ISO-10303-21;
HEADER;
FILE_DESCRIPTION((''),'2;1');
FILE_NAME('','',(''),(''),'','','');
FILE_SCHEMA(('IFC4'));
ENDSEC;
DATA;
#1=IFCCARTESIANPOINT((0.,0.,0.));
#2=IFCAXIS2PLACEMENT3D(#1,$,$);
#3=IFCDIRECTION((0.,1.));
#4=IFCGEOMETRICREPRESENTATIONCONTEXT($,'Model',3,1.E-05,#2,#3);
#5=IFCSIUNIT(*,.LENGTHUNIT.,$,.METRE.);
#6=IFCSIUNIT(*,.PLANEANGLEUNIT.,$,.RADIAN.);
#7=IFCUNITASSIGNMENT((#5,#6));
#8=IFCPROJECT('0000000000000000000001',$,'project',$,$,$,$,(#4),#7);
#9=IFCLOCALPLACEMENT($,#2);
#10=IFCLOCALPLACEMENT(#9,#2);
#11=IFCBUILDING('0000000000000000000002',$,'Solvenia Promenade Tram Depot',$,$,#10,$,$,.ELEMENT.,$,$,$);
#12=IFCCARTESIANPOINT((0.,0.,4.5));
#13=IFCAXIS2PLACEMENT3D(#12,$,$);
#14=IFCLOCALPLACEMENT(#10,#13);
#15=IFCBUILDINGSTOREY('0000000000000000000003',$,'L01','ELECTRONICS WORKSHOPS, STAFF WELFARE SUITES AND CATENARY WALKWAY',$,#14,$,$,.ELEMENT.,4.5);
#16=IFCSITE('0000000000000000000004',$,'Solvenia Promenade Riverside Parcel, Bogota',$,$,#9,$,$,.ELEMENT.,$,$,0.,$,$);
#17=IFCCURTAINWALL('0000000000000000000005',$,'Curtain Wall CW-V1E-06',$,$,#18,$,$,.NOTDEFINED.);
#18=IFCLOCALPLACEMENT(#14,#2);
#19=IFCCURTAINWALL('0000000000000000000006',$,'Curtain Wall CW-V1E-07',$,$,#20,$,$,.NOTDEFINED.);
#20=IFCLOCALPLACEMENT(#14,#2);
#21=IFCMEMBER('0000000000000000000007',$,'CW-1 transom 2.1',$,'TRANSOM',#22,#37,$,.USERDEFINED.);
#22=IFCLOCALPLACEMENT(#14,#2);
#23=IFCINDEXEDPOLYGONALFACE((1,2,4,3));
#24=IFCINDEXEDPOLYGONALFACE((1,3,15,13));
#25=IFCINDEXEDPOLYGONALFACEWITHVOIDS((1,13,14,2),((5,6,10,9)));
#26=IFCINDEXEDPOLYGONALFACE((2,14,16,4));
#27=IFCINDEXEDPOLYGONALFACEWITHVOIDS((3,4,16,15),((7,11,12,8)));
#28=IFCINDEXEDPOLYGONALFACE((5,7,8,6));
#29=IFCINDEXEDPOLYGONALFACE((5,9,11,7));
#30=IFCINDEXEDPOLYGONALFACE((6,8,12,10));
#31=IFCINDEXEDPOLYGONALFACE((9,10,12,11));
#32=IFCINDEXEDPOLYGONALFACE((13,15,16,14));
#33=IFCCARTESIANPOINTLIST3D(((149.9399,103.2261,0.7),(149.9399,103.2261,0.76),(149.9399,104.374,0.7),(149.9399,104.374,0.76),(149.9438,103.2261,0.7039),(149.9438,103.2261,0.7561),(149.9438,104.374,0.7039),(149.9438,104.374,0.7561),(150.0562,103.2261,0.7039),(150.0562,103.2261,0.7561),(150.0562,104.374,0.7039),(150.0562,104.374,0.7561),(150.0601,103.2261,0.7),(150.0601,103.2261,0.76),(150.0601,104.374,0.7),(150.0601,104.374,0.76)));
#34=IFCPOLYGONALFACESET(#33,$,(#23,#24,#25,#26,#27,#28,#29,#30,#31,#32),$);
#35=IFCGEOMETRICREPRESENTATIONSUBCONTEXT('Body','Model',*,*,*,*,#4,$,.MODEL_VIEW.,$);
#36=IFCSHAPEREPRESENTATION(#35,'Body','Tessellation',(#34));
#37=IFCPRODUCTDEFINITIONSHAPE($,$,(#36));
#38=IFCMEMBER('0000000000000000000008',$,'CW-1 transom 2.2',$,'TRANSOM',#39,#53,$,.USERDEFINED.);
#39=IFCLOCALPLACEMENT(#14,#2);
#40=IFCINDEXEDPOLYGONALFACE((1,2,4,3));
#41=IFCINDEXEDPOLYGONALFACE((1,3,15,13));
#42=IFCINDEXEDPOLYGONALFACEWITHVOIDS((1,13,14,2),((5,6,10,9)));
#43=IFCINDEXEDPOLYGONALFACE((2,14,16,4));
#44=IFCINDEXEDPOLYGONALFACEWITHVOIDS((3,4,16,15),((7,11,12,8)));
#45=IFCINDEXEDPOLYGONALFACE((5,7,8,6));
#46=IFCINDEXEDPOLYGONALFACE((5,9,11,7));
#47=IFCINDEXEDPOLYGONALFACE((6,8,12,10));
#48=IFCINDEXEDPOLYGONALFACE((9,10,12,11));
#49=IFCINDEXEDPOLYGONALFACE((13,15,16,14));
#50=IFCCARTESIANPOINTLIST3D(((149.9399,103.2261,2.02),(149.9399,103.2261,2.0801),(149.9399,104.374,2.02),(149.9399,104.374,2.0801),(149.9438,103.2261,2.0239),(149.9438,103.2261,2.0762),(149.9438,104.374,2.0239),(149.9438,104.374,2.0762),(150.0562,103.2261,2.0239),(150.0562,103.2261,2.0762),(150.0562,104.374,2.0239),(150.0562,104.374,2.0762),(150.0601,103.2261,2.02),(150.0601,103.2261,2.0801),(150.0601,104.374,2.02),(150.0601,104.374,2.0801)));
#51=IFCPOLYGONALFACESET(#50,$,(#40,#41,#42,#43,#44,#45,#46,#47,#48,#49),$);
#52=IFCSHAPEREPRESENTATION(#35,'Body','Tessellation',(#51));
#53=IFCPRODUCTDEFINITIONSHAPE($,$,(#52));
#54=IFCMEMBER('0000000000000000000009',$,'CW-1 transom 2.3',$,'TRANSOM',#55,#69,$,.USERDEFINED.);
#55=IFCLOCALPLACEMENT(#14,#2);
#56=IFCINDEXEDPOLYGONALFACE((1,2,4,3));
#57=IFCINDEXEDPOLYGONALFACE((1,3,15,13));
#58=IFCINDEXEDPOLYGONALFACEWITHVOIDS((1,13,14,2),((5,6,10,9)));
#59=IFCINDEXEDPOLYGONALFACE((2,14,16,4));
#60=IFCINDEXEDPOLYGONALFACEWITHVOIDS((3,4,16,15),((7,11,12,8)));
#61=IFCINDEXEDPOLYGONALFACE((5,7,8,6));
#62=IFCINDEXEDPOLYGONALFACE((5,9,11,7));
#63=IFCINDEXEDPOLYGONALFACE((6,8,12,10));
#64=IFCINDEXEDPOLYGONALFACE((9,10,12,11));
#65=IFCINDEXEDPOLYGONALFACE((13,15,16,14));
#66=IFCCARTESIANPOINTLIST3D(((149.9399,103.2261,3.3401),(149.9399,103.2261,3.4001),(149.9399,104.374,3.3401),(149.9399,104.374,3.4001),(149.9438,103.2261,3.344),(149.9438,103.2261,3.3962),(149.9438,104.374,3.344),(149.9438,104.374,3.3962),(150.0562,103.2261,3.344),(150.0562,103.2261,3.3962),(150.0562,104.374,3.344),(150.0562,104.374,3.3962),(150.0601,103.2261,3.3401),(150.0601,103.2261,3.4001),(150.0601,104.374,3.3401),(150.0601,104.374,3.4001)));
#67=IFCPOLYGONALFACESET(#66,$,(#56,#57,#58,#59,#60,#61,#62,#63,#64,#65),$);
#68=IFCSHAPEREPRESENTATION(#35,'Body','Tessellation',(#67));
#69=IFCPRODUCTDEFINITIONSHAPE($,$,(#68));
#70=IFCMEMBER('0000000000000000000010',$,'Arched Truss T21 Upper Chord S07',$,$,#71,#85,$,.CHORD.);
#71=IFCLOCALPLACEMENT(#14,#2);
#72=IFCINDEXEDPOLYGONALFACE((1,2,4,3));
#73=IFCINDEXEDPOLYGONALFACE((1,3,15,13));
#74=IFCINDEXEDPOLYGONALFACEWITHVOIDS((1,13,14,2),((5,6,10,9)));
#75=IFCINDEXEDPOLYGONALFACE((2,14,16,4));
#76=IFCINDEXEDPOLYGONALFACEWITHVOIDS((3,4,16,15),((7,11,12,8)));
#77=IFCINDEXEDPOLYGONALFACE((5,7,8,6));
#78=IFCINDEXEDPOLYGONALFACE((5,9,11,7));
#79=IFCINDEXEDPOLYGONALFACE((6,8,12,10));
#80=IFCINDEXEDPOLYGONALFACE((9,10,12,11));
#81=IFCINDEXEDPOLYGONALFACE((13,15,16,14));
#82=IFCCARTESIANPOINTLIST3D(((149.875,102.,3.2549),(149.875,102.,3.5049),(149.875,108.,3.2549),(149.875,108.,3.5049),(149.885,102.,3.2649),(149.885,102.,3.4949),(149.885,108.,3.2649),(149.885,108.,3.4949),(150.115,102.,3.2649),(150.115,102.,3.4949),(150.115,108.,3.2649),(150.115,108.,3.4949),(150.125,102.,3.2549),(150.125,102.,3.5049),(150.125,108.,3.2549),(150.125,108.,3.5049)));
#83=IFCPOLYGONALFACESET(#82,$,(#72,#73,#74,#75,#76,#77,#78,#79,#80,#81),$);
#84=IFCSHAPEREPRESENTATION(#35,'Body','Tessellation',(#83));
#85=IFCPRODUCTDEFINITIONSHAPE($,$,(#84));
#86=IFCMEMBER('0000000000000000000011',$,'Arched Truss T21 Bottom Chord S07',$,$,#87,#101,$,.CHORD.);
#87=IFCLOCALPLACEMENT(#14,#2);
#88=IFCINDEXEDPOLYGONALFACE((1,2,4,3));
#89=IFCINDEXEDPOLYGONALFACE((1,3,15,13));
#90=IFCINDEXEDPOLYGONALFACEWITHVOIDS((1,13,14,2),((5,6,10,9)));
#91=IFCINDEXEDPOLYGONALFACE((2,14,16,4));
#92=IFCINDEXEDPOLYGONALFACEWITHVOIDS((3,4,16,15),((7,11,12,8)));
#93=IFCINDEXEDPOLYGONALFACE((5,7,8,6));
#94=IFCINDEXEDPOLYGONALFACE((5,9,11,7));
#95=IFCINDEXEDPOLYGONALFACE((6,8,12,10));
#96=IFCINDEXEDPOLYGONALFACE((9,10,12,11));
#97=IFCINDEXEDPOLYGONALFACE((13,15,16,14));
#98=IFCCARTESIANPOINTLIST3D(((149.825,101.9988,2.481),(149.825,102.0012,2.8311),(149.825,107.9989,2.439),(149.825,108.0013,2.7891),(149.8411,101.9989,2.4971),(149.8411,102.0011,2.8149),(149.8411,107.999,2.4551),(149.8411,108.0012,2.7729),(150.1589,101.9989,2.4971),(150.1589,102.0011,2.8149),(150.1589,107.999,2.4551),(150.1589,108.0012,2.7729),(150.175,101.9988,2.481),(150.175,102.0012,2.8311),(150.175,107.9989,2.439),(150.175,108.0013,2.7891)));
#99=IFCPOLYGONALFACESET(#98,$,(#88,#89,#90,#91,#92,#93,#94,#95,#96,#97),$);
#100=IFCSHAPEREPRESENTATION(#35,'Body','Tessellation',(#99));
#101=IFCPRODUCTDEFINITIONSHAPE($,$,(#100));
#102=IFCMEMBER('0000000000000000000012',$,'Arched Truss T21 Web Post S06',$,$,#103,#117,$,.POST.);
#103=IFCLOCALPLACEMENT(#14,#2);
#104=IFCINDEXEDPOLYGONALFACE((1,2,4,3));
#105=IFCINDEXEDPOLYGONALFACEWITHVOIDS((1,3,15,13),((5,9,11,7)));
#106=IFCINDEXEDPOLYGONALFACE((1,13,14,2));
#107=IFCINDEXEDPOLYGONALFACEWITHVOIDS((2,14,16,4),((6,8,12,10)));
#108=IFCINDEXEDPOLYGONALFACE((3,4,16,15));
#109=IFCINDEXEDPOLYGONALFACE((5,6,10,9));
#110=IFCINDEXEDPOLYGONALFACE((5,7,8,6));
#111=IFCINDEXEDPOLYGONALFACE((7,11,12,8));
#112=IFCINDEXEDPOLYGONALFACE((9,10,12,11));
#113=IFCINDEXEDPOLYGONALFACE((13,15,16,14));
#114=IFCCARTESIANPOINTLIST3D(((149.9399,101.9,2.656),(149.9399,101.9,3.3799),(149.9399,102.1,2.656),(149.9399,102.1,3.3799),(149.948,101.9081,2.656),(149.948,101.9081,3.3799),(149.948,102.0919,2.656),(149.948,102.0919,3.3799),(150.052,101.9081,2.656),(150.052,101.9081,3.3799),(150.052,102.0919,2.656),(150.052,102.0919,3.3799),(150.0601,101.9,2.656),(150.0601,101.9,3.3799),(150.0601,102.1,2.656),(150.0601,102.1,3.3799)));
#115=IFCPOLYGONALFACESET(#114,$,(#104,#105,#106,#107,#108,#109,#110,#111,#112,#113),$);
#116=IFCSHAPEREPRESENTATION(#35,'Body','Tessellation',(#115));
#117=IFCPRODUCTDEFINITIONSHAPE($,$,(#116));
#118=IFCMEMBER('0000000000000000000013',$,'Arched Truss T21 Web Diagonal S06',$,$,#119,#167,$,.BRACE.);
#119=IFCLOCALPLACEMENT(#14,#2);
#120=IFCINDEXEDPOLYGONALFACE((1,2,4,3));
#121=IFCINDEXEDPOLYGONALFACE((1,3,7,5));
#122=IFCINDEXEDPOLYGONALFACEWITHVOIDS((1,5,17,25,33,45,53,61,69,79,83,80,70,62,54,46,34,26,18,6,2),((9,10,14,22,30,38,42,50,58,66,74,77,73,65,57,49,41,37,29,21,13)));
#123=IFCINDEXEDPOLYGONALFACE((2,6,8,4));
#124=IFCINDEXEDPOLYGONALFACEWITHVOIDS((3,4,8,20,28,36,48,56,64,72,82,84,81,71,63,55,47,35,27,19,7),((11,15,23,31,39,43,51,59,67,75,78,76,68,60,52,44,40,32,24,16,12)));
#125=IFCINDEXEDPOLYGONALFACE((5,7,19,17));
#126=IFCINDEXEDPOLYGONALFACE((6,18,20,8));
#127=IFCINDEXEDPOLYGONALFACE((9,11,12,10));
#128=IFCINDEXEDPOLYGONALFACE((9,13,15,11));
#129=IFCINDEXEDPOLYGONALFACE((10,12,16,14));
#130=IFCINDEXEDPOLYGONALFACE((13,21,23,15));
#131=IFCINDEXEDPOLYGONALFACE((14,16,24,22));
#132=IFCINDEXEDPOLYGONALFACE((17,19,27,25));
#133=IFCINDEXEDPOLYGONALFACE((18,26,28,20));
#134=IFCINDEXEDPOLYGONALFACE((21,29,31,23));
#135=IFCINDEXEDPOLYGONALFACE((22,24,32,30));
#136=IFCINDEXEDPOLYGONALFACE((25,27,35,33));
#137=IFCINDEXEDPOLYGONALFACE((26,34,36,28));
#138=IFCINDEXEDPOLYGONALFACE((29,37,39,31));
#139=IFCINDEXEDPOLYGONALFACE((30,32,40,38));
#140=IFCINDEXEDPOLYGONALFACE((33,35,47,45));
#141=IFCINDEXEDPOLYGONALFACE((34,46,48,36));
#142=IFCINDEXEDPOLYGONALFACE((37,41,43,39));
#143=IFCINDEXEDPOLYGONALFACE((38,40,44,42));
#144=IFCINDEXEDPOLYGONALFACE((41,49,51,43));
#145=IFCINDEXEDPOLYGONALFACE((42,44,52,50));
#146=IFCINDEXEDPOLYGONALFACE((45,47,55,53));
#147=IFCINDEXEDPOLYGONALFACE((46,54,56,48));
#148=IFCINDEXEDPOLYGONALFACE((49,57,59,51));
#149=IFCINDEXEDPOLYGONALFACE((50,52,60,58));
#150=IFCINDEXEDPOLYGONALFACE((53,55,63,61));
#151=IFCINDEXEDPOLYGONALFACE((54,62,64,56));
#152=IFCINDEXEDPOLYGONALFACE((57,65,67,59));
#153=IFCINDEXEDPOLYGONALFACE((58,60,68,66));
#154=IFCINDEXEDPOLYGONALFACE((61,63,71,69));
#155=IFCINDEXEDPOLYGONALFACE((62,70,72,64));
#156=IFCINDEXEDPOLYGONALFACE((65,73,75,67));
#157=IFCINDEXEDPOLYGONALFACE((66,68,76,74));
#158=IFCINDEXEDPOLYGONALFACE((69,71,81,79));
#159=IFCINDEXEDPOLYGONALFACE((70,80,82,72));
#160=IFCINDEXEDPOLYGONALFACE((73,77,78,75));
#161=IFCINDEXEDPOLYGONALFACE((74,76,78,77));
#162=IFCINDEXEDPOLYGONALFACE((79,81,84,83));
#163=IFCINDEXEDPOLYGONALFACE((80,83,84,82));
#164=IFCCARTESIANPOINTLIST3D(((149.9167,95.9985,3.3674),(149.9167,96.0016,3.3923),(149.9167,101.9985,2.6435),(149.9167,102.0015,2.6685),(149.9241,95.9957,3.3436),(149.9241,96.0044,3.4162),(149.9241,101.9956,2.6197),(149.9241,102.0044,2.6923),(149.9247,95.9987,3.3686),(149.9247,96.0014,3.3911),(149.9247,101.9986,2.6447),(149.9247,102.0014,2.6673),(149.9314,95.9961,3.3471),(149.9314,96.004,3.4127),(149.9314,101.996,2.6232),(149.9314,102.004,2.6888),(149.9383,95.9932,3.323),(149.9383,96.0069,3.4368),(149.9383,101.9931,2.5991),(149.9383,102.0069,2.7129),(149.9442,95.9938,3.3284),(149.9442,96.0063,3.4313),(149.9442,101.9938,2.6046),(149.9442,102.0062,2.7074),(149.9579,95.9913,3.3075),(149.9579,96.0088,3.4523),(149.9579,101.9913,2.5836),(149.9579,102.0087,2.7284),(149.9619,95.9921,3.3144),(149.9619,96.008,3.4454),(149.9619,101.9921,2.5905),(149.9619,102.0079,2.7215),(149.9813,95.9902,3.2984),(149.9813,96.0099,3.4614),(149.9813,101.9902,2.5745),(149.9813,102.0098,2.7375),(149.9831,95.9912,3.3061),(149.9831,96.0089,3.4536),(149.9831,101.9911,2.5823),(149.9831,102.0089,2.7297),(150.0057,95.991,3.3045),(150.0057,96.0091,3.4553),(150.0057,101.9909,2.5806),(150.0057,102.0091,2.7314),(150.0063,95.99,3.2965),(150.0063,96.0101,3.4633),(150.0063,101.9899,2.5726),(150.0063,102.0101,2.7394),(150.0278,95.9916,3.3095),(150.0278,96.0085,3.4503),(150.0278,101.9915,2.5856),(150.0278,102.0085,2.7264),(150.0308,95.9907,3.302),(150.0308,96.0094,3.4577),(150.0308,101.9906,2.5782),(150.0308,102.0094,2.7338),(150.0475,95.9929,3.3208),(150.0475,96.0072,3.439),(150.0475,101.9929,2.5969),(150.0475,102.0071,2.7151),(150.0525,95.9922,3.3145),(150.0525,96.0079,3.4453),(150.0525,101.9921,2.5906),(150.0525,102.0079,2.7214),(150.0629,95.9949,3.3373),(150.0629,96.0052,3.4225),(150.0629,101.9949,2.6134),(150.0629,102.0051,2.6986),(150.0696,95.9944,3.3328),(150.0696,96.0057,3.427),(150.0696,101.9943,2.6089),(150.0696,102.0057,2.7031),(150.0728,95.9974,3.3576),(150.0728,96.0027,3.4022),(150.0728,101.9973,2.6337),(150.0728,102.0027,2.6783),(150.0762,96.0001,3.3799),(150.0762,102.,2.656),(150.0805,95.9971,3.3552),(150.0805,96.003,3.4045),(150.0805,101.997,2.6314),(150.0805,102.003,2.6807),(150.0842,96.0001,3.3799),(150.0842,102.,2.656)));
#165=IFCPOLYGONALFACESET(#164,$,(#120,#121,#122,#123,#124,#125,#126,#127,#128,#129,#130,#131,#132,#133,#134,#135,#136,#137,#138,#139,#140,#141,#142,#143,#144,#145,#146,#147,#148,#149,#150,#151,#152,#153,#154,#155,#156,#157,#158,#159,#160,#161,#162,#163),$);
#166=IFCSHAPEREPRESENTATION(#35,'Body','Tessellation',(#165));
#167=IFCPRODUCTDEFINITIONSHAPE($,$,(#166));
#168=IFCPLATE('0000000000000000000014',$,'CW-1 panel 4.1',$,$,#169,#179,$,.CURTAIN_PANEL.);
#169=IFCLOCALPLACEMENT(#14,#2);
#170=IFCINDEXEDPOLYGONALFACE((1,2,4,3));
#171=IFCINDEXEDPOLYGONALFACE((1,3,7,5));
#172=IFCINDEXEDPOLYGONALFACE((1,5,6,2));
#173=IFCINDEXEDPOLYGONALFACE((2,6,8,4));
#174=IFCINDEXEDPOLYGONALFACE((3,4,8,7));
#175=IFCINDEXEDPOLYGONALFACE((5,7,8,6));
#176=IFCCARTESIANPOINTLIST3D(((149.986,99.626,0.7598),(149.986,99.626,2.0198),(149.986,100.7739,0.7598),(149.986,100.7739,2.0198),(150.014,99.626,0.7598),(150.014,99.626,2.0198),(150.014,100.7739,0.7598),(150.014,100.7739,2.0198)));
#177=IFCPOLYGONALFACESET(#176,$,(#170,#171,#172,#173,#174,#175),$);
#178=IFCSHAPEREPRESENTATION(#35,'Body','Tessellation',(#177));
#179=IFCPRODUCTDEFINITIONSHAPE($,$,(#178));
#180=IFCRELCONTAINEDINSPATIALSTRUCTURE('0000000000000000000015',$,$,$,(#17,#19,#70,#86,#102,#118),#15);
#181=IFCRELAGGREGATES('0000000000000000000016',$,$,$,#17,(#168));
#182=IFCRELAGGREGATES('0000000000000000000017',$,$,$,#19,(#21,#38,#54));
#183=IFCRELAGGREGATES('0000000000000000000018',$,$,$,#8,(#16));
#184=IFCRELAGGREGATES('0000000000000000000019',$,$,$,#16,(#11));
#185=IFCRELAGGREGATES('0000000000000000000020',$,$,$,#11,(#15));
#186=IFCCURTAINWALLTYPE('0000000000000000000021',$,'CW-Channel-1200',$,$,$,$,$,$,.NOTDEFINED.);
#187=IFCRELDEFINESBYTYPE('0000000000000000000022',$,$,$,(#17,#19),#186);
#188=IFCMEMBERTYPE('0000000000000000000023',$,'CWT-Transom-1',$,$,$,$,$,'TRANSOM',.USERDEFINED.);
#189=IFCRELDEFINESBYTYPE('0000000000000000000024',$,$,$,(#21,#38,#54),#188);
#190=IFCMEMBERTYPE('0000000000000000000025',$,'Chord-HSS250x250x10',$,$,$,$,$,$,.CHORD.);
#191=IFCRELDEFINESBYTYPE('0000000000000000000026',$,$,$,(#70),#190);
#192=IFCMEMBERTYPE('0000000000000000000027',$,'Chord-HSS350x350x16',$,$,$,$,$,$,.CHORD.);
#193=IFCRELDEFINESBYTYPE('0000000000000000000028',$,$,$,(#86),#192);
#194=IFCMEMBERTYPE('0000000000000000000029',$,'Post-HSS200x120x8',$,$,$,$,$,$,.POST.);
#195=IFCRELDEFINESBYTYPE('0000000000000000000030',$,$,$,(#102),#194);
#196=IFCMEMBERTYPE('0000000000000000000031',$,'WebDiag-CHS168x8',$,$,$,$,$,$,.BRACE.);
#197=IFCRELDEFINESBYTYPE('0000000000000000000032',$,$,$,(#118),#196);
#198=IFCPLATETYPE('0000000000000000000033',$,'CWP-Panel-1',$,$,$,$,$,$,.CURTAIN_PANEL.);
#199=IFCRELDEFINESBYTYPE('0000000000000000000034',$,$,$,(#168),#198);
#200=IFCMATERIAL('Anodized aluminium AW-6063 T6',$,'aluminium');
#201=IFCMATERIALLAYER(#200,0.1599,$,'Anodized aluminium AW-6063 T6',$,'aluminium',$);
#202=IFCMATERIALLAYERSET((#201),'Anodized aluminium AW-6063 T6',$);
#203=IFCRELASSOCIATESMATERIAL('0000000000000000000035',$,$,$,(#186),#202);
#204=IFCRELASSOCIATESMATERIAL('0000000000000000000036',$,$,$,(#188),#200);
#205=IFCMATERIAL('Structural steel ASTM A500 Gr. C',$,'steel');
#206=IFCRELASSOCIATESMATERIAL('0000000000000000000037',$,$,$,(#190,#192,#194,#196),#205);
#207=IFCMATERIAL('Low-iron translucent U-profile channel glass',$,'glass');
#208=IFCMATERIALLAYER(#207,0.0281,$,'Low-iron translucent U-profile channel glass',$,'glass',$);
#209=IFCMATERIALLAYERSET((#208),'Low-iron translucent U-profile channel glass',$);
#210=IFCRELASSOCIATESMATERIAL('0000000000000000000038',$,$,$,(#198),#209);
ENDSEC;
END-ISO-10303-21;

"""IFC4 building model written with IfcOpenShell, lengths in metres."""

from ifc_helpers import new_model, si_unit, direction, frame, origin, origin_2d, place, context, subcontext, project, spatial, rectangle, hollow_rectangle, hollow_circle, extrude, material, layer, layer_set, material_profile, profile_set, type_object, element, aggregate, save


model = new_model("IFC4")

# Units and contexts
model_context = context("Model", 3, precision=1e-05, world=origin(), true_north=direction((0.0, 1.0)))
body_context = subcontext(model_context, "Body", "Model", "MODEL_VIEW")
ifc_project = project(units=[si_unit("LENGTHUNIT", "METRE"), si_unit("PLANEANGLEUNIT", "RADIAN")], contexts=[model_context])

# Site, building, storey
site_placement = place(None, origin())
site = spatial("IfcSite", under=ifc_project, at=site_placement, Name="Solvenia Promenade Riverside Parcel, Bogota", CompositionType="ELEMENT", RefElevation=0.0)
building_placement = place(site_placement, origin())
building = spatial("IfcBuilding", under=site, at=building_placement, Name="Solvenia Promenade Tram Depot", CompositionType="ELEMENT")
storey_placement = place(building_placement, frame((0.0, 0.0, 4.5)))
storey = spatial("IfcBuildingStorey", under=building, at=storey_placement, Name="L01", Description="ELECTRONICS WORKSHOPS, STAFF WELFARE SUITES AND CATENARY WALKWAY", CompositionType="ELEMENT", Elevation=4.5)

# Curtain walls
ifc_material_1 = material(Name="Anodized aluminium AW-6063 T6", Category="aluminium")
ifc_layer_1 = layer(ifc_material_1, 0.1599, Name="Anodized aluminium AW-6063 T6", Category="aluminium")
ifc_layer_set_1 = layer_set([ifc_layer_1], Name="Anodized aluminium AW-6063 T6")
curtain_wall_type = type_object("IfcCurtainWallType", Name="CW-Channel-1200", PredefinedType="NOTDEFINED", material=ifc_layer_set_1)
curtain_wall_1_placement = place(storey_placement, origin())
curtain_wall_1 = element("IfcCurtainWall", 1, at=curtain_wall_1_placement, inside=storey, type_object=curtain_wall_type, Name="Curtain Wall CW-V1E-06", PredefinedType="NOTDEFINED")
curtain_wall_2_placement = place(storey_placement, origin())
curtain_wall_2 = element("IfcCurtainWall", 2, at=curtain_wall_2_placement, inside=storey, type_object=curtain_wall_type, Name="Curtain Wall CW-V1E-07", PredefinedType="NOTDEFINED")

# Members
ifc_material_profile_1 = material_profile(ifc_material_1, hollow_rectangle(XDim=0.1201, YDim=0.0601, WallThickness=0.0039, at=origin_2d()), Name="ALU-T1", Category="aluminium")
ifc_profile_set_1 = profile_set([ifc_material_profile_1], Name="Anodized aluminium AW-6063 T6")
member_type_1 = type_object("IfcMemberType", Name="CWT-Transom-1", ElementType="TRANSOM", PredefinedType="USERDEFINED", material=ifc_profile_set_1)
member_1_placement = place(storey_placement, frame((150.0, 103.2261, 0.73), z_axis=(0.0, 1.0, 0.0), x_axis=(-1.0, 0.0, 0.0)))
member_1 = element("IfcMember", 3, at=member_1_placement, type_object=member_type_1, Name="CW-1 transom 2.1", ObjectType="TRANSOM", PredefinedType="USERDEFINED", context=body_context, shape_type="SweptSolid", body=[
    extrude(hollow_rectangle(XDim=0.1201, YDim=0.0601, WallThickness=0.0039, at=origin_2d()), origin(), (0.0, 0.0, 1.0), 1.1479),
])
member_2_placement = place(storey_placement, frame((150.0, 103.2261, 2.05), z_axis=(0.0, 1.0, 0.0), x_axis=(-1.0, 0.0, 0.0)))
member_2 = element("IfcMember", 4, at=member_2_placement, type_object=member_type_1, Name="CW-1 transom 2.2", ObjectType="TRANSOM", PredefinedType="USERDEFINED", context=body_context, shape_type="SweptSolid", body=[
    extrude(hollow_rectangle(XDim=0.1201, YDim=0.0601, WallThickness=0.0039, at=origin_2d()), origin(), (0.0, 0.0, 1.0), 1.1479),
])
member_3_placement = place(storey_placement, frame((150.0, 103.2261, 3.3701), z_axis=(0.0, 1.0, 0.0), x_axis=(-1.0, 0.0, 0.0)))
member_3 = element("IfcMember", 5, at=member_3_placement, type_object=member_type_1, Name="CW-1 transom 2.3", ObjectType="TRANSOM", PredefinedType="USERDEFINED", context=body_context, shape_type="SweptSolid", body=[
    extrude(hollow_rectangle(XDim=0.1201, YDim=0.0601, WallThickness=0.0039, at=origin_2d()), origin(), (0.0, 0.0, 1.0), 1.1479),
])

# Members
ifc_material_2 = material(Name="Structural steel ASTM A500 Gr. C", Category="steel")
ifc_material_profile_2 = material_profile(ifc_material_2, hollow_rectangle(XDim=0.25, YDim=0.25, WallThickness=0.01, at=origin_2d()), Name="HSS250x250x10", Category="steel")
ifc_profile_set_2 = profile_set([ifc_material_profile_2], Name="Structural steel ASTM A500 Gr. C")
member_type_2 = type_object("IfcMemberType", Name="Chord-HSS250x250x10", PredefinedType="CHORD", material=ifc_profile_set_2)
member_4_placement = place(storey_placement, frame((150.0, 102.0, 3.3799), z_axis=(0.0, 1.0, 0.0), x_axis=(-1.0, 0.0, 0.0)))
element("IfcMember", 6, at=member_4_placement, inside=storey, type_object=member_type_2, Name="Arched Truss T21 Upper Chord S07", PredefinedType="CHORD", context=body_context, shape_type="SweptSolid", body=[
    extrude(hollow_rectangle(XDim=0.25, YDim=0.25, WallThickness=0.01, at=origin_2d()), origin(), (0.0, 0.0, 1.0), 6.0),
])
ifc_material_profile_3 = material_profile(ifc_material_2, hollow_rectangle(XDim=0.3501, YDim=0.3501, WallThickness=0.0161, at=origin_2d()), Name="HSS350x350x16", Category="steel")
ifc_profile_set_3 = profile_set([ifc_material_profile_3], Name="Structural steel ASTM A500 Gr. C")
member_type_3 = type_object("IfcMemberType", Name="Chord-HSS350x350x16", PredefinedType="CHORD", material=ifc_profile_set_3)
member_5_placement = place(storey_placement, frame((150.0, 102.0, 2.656), z_axis=(0.0, 0.999976, -0.006999), x_axis=(-1.0, 0.0, 0.0)))
element("IfcMember", 7, at=member_5_placement, inside=storey, type_object=member_type_3, Name="Arched Truss T21 Bottom Chord S07", PredefinedType="CHORD", context=body_context, shape_type="SweptSolid", body=[
    extrude(hollow_rectangle(XDim=0.3501, YDim=0.3501, WallThickness=0.0161, at=origin_2d()), origin(), (0.0, 0.0, 1.0), 6.0002),
])
ifc_material_profile_4 = material_profile(ifc_material_2, hollow_rectangle(XDim=0.1201, YDim=0.2, WallThickness=0.0081, at=origin_2d()), Name="HSS200x120x8", Category="steel")
ifc_profile_set_4 = profile_set([ifc_material_profile_4], Name="Structural steel ASTM A500 Gr. C")
member_type_4 = type_object("IfcMemberType", Name="Post-HSS200x120x8", PredefinedType="POST", material=ifc_profile_set_4)
member_6_placement = place(storey_placement, frame((150.0, 102.0, 2.656), z_axis=(0.0, 0.0, 1.0), x_axis=(1.0, 0.0, 0.0)))
element("IfcMember", 8, at=member_6_placement, inside=storey, type_object=member_type_4, Name="Arched Truss T21 Web Post S06", PredefinedType="POST", context=body_context, shape_type="SweptSolid", body=[
    extrude(hollow_rectangle(XDim=0.1201, YDim=0.2, WallThickness=0.0081, at=origin_2d()), origin(), (0.0, 0.0, 1.0), 0.7239),
])
ifc_material_profile_5 = material_profile(ifc_material_2, hollow_circle(Radius=0.0842, WallThickness=0.0081, at=origin_2d()), Name="CHS168.3x8", Category="steel")
ifc_profile_set_5 = profile_set([ifc_material_profile_5], Name="Structural steel ASTM A500 Gr. C")
member_type_5 = type_object("IfcMemberType", Name="WebDiag-CHS168x8", PredefinedType="BRACE", material=ifc_profile_set_5)
member_7_placement = place(storey_placement, frame((150.0, 102.0, 2.656), z_axis=(0.0, -0.992801, 0.119778), x_axis=(1.0, 0.0, 0.0)))
element("IfcMember", 9, at=member_7_placement, inside=storey, type_object=member_type_5, Name="Arched Truss T21 Web Diagonal S06", PredefinedType="BRACE", context=body_context, shape_type="SweptSolid", body=[
    extrude(hollow_circle(Radius=0.0842, WallThickness=0.0081, at=origin_2d()), origin(), (0.0, 0.0, 1.0), 6.0435),
])

# Plate
ifc_material_3 = material(Name="Low-iron translucent U-profile channel glass", Category="glass")
ifc_layer_2 = layer(ifc_material_3, 0.0281, Name="Low-iron translucent U-profile channel glass", Category="glass")
ifc_layer_set_2 = layer_set([ifc_layer_2], Name="Low-iron translucent U-profile channel glass")
plate_type = type_object("IfcPlateType", Name="CWP-Panel-1", PredefinedType="CURTAIN_PANEL", material=ifc_layer_set_2)
plate_1_placement = place(storey_placement, frame((150.0, 100.2, 0.7598), z_axis=(0.0, 0.0, 1.0), x_axis=(0.0, 1.0, 0.0)))
plate_1 = element("IfcPlate", 10, at=plate_1_placement, type_object=plate_type, Name="CW-1 panel 4.1", PredefinedType="CURTAIN_PANEL", context=body_context, shape_type="SweptSolid", body=[
    extrude(rectangle(XDim=1.1479, YDim=0.0281, at=origin_2d()), origin(), (0.0, 0.0, 1.0), 1.26),
])
aggregate(curtain_wall_1, [plate_1])
aggregate(curtain_wall_2, [member_1, member_2, member_3])

save(model, "model.ifc")
